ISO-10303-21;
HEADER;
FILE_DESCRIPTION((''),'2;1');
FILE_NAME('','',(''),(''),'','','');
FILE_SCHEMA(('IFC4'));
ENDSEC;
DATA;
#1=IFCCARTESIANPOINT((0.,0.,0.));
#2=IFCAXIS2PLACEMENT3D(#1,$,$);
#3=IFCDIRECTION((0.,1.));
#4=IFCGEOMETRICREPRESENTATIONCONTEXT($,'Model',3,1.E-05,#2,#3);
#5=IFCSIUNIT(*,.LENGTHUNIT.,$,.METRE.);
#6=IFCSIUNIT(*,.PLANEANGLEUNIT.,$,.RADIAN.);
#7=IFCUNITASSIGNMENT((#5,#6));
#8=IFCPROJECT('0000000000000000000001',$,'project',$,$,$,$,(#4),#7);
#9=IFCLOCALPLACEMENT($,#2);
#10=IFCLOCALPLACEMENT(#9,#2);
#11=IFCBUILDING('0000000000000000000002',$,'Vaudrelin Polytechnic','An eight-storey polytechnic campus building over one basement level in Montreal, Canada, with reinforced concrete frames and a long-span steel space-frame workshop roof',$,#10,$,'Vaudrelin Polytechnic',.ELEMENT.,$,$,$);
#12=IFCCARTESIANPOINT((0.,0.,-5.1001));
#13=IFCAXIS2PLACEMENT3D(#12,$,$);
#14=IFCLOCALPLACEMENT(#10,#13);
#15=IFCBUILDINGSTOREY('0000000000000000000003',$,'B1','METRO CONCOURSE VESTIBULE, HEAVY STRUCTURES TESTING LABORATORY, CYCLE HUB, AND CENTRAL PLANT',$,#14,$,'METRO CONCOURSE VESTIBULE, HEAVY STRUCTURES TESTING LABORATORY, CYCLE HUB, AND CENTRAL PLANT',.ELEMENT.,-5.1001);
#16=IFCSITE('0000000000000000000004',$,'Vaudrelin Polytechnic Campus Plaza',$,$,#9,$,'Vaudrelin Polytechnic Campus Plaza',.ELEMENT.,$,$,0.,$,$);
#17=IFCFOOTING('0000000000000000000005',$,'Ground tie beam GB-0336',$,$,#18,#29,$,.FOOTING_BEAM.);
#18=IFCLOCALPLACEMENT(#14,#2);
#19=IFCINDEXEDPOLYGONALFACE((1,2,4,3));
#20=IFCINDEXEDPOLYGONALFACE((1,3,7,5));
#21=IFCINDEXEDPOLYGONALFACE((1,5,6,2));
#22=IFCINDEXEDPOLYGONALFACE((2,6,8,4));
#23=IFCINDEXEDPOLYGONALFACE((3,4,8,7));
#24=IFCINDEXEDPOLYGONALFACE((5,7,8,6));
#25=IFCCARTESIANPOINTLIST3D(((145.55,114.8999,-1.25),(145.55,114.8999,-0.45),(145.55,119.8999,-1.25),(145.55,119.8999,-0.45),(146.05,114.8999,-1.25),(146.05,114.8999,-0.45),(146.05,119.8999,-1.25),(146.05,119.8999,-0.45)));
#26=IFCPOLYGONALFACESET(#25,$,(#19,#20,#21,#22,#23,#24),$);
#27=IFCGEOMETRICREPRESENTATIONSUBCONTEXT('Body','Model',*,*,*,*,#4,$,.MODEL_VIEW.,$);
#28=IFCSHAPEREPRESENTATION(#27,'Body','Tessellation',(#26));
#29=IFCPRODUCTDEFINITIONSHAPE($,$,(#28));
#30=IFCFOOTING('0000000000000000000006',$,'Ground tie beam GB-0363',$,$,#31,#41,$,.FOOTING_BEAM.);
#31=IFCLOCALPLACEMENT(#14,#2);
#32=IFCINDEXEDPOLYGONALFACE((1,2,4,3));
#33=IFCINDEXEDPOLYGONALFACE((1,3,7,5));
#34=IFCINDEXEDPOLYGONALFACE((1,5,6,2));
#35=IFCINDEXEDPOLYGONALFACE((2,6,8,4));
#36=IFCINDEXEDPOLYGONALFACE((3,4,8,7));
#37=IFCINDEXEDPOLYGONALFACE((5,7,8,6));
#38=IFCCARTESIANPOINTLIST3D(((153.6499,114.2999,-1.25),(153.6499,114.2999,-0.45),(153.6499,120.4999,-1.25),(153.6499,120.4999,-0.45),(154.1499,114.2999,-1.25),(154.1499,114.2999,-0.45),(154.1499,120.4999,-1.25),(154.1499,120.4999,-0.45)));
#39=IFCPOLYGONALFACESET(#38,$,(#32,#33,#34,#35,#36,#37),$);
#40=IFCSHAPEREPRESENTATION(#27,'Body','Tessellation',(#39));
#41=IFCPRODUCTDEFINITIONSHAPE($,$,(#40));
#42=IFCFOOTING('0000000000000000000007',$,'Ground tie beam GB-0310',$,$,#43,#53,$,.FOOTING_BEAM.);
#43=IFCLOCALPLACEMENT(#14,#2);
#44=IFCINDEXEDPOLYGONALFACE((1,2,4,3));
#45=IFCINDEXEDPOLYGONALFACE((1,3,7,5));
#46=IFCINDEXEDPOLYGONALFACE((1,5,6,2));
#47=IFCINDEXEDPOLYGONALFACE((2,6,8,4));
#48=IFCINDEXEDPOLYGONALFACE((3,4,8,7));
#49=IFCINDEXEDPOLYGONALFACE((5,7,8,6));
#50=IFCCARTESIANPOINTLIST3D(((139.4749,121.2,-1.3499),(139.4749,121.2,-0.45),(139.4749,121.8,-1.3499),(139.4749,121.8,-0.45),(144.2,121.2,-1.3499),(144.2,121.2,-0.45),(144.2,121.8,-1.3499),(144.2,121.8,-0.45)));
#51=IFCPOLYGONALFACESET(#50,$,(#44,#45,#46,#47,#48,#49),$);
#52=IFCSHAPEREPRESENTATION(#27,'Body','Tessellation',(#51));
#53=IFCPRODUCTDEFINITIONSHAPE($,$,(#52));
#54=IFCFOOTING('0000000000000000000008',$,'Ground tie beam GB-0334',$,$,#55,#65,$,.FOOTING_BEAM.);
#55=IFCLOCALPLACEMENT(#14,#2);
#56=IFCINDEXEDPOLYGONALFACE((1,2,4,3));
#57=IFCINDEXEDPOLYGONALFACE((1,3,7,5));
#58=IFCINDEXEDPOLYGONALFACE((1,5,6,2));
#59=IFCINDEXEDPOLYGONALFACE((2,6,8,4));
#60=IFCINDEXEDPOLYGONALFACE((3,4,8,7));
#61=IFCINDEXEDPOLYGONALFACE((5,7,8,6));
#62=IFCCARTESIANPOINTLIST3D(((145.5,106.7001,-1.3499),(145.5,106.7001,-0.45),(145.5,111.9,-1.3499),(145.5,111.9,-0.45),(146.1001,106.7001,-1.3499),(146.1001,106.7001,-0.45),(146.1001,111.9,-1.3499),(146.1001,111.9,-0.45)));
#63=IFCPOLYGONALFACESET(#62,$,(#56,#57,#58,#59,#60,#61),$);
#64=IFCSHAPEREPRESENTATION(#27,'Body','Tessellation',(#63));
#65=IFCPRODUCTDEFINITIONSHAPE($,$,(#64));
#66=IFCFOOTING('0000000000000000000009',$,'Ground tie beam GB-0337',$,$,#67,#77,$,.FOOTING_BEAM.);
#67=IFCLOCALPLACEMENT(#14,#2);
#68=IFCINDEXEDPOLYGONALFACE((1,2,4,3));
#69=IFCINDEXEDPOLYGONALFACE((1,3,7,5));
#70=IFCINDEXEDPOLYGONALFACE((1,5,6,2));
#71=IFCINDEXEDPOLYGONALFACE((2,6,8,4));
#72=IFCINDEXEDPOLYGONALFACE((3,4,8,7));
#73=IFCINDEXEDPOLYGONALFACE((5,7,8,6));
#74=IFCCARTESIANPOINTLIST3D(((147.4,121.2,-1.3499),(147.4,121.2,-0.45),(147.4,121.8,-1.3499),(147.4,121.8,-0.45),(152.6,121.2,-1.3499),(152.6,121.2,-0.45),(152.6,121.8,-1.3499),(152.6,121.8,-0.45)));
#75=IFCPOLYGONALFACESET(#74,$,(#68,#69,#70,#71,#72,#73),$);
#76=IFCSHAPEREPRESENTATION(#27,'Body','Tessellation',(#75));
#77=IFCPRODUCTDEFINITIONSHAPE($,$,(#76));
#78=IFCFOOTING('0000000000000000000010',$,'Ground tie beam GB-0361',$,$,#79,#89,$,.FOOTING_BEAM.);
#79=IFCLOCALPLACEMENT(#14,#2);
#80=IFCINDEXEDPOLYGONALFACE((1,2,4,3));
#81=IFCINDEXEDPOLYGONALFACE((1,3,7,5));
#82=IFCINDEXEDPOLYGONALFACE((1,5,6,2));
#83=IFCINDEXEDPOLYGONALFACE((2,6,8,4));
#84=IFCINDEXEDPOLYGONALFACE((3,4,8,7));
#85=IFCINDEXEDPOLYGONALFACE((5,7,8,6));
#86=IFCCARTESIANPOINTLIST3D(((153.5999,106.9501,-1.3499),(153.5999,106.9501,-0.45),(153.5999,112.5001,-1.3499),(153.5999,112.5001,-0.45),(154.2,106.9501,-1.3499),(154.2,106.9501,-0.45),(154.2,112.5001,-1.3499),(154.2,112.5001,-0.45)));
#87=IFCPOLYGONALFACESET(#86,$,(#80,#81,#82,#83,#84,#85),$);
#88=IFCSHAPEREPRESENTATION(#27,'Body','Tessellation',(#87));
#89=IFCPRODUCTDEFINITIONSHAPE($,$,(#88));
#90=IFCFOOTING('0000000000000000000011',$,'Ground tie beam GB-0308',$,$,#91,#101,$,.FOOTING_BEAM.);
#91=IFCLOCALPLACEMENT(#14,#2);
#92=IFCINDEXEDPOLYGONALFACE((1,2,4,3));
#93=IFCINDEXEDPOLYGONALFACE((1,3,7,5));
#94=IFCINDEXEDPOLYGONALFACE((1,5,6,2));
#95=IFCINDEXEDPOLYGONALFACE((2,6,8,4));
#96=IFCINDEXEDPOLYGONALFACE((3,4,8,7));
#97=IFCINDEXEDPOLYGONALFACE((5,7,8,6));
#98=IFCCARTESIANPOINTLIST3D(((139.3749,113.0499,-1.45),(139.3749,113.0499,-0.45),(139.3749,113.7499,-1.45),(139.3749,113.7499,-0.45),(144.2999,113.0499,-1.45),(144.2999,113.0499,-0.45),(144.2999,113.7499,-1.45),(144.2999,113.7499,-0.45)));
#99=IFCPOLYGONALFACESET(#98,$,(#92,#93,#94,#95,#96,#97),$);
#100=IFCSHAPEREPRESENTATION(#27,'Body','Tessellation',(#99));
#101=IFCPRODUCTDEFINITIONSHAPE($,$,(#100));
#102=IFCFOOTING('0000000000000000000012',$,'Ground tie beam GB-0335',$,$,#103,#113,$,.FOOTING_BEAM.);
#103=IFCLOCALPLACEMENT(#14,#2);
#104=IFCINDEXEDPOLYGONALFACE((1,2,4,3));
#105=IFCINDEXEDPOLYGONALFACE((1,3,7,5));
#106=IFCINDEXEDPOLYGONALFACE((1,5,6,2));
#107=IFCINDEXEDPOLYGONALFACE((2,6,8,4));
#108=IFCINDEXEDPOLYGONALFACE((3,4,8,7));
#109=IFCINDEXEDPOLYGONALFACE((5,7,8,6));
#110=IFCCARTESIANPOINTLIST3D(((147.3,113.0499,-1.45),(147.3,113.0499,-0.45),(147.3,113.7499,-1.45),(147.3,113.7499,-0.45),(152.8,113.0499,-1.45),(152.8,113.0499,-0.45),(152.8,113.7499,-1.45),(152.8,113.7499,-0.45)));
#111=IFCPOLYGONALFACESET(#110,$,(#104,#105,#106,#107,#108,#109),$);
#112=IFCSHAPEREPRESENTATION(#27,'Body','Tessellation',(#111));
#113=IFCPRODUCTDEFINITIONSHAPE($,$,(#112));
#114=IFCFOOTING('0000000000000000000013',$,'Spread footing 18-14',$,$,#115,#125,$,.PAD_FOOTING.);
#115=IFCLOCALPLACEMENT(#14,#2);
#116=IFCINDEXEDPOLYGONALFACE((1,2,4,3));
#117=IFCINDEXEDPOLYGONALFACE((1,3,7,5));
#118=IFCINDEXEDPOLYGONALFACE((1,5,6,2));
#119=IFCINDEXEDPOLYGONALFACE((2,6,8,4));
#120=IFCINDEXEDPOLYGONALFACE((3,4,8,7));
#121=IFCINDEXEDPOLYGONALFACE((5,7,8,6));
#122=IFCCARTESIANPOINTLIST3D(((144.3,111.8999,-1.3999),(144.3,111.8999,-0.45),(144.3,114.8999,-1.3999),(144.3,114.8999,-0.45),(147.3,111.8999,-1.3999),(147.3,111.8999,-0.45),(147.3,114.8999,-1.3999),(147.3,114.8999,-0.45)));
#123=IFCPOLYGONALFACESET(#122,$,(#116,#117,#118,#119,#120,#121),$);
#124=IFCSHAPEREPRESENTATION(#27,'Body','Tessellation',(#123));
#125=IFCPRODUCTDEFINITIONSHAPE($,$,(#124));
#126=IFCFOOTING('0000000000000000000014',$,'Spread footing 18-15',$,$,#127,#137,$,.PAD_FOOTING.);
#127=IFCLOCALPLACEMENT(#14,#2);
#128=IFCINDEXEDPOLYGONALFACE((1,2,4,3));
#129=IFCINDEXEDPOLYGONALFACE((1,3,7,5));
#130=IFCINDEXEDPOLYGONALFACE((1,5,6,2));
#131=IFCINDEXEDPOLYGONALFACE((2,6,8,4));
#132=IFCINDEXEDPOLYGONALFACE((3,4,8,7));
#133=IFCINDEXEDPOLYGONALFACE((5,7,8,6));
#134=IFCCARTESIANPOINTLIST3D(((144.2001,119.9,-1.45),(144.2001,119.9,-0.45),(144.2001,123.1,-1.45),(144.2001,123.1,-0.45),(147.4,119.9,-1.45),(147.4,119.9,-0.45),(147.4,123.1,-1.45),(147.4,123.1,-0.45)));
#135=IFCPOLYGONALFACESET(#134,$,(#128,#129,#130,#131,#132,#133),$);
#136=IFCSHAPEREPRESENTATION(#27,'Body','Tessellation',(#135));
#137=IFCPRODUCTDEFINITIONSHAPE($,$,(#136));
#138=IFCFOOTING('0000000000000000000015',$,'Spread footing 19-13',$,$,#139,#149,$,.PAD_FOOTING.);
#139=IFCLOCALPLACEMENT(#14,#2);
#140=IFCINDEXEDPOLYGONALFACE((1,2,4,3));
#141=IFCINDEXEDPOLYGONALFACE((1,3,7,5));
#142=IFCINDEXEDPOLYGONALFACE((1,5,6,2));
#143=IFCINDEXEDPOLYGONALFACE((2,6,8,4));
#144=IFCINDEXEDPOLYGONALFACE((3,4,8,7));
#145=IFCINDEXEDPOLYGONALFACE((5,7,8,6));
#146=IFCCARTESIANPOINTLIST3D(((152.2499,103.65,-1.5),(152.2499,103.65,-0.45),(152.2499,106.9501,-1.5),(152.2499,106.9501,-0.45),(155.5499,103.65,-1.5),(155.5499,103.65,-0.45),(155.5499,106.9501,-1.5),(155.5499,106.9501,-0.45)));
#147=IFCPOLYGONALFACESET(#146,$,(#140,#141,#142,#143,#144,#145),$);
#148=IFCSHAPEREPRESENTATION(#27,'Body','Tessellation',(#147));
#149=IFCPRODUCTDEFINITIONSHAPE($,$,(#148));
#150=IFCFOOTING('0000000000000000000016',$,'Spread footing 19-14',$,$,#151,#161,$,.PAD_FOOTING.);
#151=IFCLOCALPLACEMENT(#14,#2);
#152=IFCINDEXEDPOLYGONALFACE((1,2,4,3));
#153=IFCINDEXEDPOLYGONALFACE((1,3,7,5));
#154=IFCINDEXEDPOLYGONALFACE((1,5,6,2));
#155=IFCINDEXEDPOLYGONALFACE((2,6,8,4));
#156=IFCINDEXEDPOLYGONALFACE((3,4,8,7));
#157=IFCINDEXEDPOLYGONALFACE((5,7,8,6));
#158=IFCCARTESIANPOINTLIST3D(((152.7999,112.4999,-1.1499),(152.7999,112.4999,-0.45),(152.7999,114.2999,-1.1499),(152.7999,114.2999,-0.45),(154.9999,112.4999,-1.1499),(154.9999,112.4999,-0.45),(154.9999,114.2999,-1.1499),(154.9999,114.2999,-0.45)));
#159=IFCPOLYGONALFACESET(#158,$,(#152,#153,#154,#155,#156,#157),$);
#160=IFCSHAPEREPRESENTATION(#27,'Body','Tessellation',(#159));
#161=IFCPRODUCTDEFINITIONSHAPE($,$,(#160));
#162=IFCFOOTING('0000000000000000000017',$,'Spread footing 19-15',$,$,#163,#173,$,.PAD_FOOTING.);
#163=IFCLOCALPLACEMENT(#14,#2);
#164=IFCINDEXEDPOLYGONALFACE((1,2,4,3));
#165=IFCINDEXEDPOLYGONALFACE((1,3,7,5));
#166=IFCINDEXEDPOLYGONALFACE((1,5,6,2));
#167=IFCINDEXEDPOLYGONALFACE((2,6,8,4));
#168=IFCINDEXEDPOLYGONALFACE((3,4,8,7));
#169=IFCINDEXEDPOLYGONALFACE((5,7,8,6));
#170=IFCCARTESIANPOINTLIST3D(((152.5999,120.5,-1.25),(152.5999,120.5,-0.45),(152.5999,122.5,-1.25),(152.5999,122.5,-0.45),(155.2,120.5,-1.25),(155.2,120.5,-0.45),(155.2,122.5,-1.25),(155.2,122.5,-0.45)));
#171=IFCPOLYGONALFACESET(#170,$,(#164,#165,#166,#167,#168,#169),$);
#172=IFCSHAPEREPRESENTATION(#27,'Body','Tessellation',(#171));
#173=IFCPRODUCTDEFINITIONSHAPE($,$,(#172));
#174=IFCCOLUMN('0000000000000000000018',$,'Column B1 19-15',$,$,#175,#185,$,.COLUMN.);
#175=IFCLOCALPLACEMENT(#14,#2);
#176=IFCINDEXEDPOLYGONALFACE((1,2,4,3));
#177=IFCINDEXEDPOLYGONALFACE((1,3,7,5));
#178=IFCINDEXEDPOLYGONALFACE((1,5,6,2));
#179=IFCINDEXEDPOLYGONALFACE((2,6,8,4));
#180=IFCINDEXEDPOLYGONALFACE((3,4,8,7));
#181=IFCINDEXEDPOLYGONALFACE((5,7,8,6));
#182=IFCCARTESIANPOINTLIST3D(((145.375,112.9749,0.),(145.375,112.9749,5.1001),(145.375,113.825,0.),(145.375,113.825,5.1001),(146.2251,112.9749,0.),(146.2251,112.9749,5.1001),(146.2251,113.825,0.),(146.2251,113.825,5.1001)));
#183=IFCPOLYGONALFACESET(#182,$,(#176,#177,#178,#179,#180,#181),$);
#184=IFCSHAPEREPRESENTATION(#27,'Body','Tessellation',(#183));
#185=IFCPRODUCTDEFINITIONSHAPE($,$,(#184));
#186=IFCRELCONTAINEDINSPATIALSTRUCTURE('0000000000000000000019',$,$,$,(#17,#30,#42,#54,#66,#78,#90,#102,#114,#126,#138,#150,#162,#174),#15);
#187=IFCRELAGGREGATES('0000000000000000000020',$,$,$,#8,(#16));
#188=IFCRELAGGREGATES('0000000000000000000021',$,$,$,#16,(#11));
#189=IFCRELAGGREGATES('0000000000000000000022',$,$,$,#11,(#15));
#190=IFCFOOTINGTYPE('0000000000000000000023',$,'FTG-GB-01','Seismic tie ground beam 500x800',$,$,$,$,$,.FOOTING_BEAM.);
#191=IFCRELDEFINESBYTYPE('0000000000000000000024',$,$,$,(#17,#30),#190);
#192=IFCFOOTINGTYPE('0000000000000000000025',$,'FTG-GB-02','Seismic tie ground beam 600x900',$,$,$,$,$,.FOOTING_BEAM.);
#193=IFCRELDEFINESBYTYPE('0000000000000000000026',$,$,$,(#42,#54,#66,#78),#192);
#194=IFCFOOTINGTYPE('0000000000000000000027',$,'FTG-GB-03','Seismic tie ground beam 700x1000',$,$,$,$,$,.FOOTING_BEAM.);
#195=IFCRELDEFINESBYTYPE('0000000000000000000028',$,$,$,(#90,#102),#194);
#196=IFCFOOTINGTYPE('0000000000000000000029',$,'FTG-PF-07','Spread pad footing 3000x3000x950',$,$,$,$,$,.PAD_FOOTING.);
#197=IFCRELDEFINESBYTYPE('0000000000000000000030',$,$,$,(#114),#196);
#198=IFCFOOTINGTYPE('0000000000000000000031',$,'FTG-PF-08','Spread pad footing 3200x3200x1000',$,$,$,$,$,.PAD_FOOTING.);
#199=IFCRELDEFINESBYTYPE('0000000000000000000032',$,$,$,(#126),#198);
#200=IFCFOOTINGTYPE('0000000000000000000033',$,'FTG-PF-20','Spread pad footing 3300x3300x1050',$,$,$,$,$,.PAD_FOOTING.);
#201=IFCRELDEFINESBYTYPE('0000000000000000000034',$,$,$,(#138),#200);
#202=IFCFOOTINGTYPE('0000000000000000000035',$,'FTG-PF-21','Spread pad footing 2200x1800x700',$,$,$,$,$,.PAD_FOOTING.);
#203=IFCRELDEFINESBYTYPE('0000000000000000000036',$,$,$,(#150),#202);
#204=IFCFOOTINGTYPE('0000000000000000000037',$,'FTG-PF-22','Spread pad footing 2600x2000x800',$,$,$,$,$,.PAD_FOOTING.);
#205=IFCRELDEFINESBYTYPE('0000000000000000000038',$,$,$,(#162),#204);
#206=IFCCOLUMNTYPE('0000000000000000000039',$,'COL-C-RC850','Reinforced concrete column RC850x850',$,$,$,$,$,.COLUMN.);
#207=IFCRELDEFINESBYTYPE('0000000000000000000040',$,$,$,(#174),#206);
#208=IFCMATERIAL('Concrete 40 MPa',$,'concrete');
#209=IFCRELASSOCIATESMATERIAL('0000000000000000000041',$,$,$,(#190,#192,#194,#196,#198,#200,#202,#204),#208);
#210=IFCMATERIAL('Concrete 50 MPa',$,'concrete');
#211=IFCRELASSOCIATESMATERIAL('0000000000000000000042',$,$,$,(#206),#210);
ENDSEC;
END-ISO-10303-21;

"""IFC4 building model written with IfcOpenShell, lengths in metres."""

from ifc_helpers import new_model, si_unit, direction, frame, origin, origin_2d, place, context, subcontext, project, spatial, rectangle, extrude, material, material_profile, profile_set, type_object, element, save


model = new_model("IFC4")

# Units and contexts
model_context = context("Model", 3, precision=1e-05, world=origin(), true_north=direction((0.0, 1.0)))
body_context = subcontext(model_context, "Body", "Model", "MODEL_VIEW")
ifc_project = project(units=[si_unit("LENGTHUNIT", "METRE"), si_unit("PLANEANGLEUNIT", "RADIAN")], contexts=[model_context])

# Site, building, storey
site_placement = place(None, origin())
site = spatial("IfcSite", under=ifc_project, at=site_placement, Name="Vaudrelin Polytechnic Campus Plaza", LongName="Vaudrelin Polytechnic Campus Plaza", CompositionType="ELEMENT", RefElevation=0.0)
building_placement = place(site_placement, origin())
building = spatial("IfcBuilding", under=site, at=building_placement, Name="Vaudrelin Polytechnic", Description="An eight-storey polytechnic campus building over one basement level in Montreal, Canada, with reinforced concrete frames and a long-span steel space-frame workshop roof", LongName="Vaudrelin Polytechnic", CompositionType="ELEMENT")
storey_placement = place(building_placement, frame((0.0, 0.0, -5.1001)))
storey = spatial("IfcBuildingStorey", under=building, at=storey_placement, Name="B1", Description="METRO CONCOURSE VESTIBULE, HEAVY STRUCTURES TESTING LABORATORY, CYCLE HUB, AND CENTRAL PLANT", LongName="METRO CONCOURSE VESTIBULE, HEAVY STRUCTURES TESTING LABORATORY, CYCLE HUB, AND CENTRAL PLANT", CompositionType="ELEMENT", Elevation=-5.1001)

# Footings
ifc_material_1 = material(Name="Concrete 40 MPa", Category="concrete")
footing_type_1 = type_object("IfcFootingType", Name="FTG-GB-01", Description="Seismic tie ground beam 500x800", PredefinedType="FOOTING_BEAM", material=ifc_material_1)
footing_1_placement = place(storey_placement, frame((145.8, 117.3999, -1.25), z_axis=(0.0, 0.0, 1.0), x_axis=(1.0, 0.0, 0.0)))
element("IfcFooting", 1, at=footing_1_placement, inside=storey, type_object=footing_type_1, Name="Ground tie beam GB-0336", PredefinedType="FOOTING_BEAM", context=body_context, shape_type="SweptSolid", body=[
    extrude(rectangle(XDim=0.5, YDim=5.0, at=origin_2d()), origin(), (0.0, 0.0, 1.0), 0.8),
])
footing_2_placement = place(storey_placement, frame((153.8999, 117.3999, -1.25), z_axis=(0.0, 0.0, 1.0), x_axis=(1.0, 0.0, 0.0)))
element("IfcFooting", 2, at=footing_2_placement, inside=storey, type_object=footing_type_1, Name="Ground tie beam GB-0363", PredefinedType="FOOTING_BEAM", context=body_context, shape_type="SweptSolid", body=[
    extrude(rectangle(XDim=0.5, YDim=6.2, at=origin_2d()), origin(), (0.0, 0.0, 1.0), 0.8),
])
footing_type_2 = type_object("IfcFootingType", Name="FTG-GB-02", Description="Seismic tie ground beam 600x900", PredefinedType="FOOTING_BEAM", material=ifc_material_1)
footing_3_placement = place(storey_placement, frame((141.8374, 121.5, -1.3499), z_axis=(0.0, 0.0, 1.0), x_axis=(1.0, 0.0, 0.0)))
element("IfcFooting", 3, at=footing_3_placement, inside=storey, type_object=footing_type_2, Name="Ground tie beam GB-0310", PredefinedType="FOOTING_BEAM", context=body_context, shape_type="SweptSolid", body=[
    extrude(rectangle(XDim=4.7251, YDim=0.6001, at=origin_2d()), origin(), (0.0, 0.0, 1.0), 0.8999),
])
footing_4_placement = place(storey_placement, frame((145.8, 109.3, -1.3499), z_axis=(0.0, 0.0, 1.0), x_axis=(1.0, 0.0, 0.0)))
element("IfcFooting", 4, at=footing_4_placement, inside=storey, type_object=footing_type_2, Name="Ground tie beam GB-0334", PredefinedType="FOOTING_BEAM", context=body_context, shape_type="SweptSolid", body=[
    extrude(rectangle(XDim=0.6001, YDim=5.2, at=origin_2d()), origin(), (0.0, 0.0, 1.0), 0.8999),
])
footing_5_placement = place(storey_placement, frame((150.0, 121.5, -1.3499), z_axis=(0.0, 0.0, 1.0), x_axis=(1.0, 0.0, 0.0)))
element("IfcFooting", 5, at=footing_5_placement, inside=storey, type_object=footing_type_2, Name="Ground tie beam GB-0337", PredefinedType="FOOTING_BEAM", context=body_context, shape_type="SweptSolid", body=[
    extrude(rectangle(XDim=5.2, YDim=0.6001, at=origin_2d()), origin(), (0.0, 0.0, 1.0), 0.8999),
])
footing_6_placement = place(storey_placement, frame((153.8999, 109.7251, -1.3499), z_axis=(0.0, 0.0, 1.0), x_axis=(1.0, 0.0, 0.0)))
element("IfcFooting", 6, at=footing_6_placement, inside=storey, type_object=footing_type_2, Name="Ground tie beam GB-0361", PredefinedType="FOOTING_BEAM", context=body_context, shape_type="SweptSolid", body=[
    extrude(rectangle(XDim=0.6001, YDim=5.55, at=origin_2d()), origin(), (0.0, 0.0, 1.0), 0.8999),
])
footing_type_3 = type_object("IfcFootingType", Name="FTG-GB-03", Description="Seismic tie ground beam 700x1000", PredefinedType="FOOTING_BEAM", material=ifc_material_1)
footing_7_placement = place(storey_placement, frame((141.8374, 113.3999, -1.45), z_axis=(0.0, 0.0, 1.0), x_axis=(1.0, 0.0, 0.0)))
element("IfcFooting", 7, at=footing_7_placement, inside=storey, type_object=footing_type_3, Name="Ground tie beam GB-0308", PredefinedType="FOOTING_BEAM", context=body_context, shape_type="SweptSolid", body=[
    extrude(rectangle(XDim=4.925, YDim=0.7, at=origin_2d()), origin(), (0.0, 0.0, 1.0), 1.0),
])
footing_8_placement = place(storey_placement, frame((150.05, 113.3999, -1.45), z_axis=(0.0, 0.0, 1.0), x_axis=(1.0, 0.0, 0.0)))
element("IfcFooting", 8, at=footing_8_placement, inside=storey, type_object=footing_type_3, Name="Ground tie beam GB-0335", PredefinedType="FOOTING_BEAM", context=body_context, shape_type="SweptSolid", body=[
    extrude(rectangle(XDim=5.5, YDim=0.7, at=origin_2d()), origin(), (0.0, 0.0, 1.0), 1.0),
])
footing_type_4 = type_object("IfcFootingType", Name="FTG-PF-07", Description="Spread pad footing 3000x3000x950", PredefinedType="PAD_FOOTING", material=ifc_material_1)
footing_9_placement = place(storey_placement, frame((145.8, 113.3999, -1.3999), z_axis=(0.0, 0.0, 1.0), x_axis=(1.0, 0.0, 0.0)))
element("IfcFooting", 9, at=footing_9_placement, inside=storey, type_object=footing_type_4, Name="Spread footing 18-14", PredefinedType="PAD_FOOTING", context=body_context, shape_type="SweptSolid", body=[
    extrude(rectangle(XDim=3.0, YDim=3.0, at=origin_2d()), origin(), (0.0, 0.0, 1.0), 0.95),
])
footing_type_5 = type_object("IfcFootingType", Name="FTG-PF-08", Description="Spread pad footing 3200x3200x1000", PredefinedType="PAD_FOOTING", material=ifc_material_1)
footing_10_placement = place(storey_placement, frame((145.8, 121.5, -1.45), z_axis=(0.0, 0.0, 1.0), x_axis=(1.0, 0.0, 0.0)))
element("IfcFooting", 10, at=footing_10_placement, inside=storey, type_object=footing_type_5, Name="Spread footing 18-15", PredefinedType="PAD_FOOTING", context=body_context, shape_type="SweptSolid", body=[
    extrude(rectangle(XDim=3.2, YDim=3.2, at=origin_2d()), origin(), (0.0, 0.0, 1.0), 1.0),
])
footing_type_6 = type_object("IfcFootingType", Name="FTG-PF-20", Description="Spread pad footing 3300x3300x1050", PredefinedType="PAD_FOOTING", material=ifc_material_1)
footing_11_placement = place(storey_placement, frame((153.8999, 105.3, -1.5), z_axis=(0.0, 0.0, 1.0), x_axis=(1.0, 0.0, 0.0)))
element("IfcFooting", 11, at=footing_11_placement, inside=storey, type_object=footing_type_6, Name="Spread footing 19-13", PredefinedType="PAD_FOOTING", context=body_context, shape_type="SweptSolid", body=[
    extrude(rectangle(XDim=3.3, YDim=3.3, at=origin_2d()), origin(), (0.0, 0.0, 1.0), 1.05),
])
footing_type_7 = type_object("IfcFootingType", Name="FTG-PF-21", Description="Spread pad footing 2200x1800x700", PredefinedType="PAD_FOOTING", material=ifc_material_1)
footing_12_placement = place(storey_placement, frame((153.8999, 113.3999, -1.1499), z_axis=(0.0, 0.0, 1.0), x_axis=(1.0, 0.0, 0.0)))
element("IfcFooting", 12, at=footing_12_placement, inside=storey, type_object=footing_type_7, Name="Spread footing 19-14", PredefinedType="PAD_FOOTING", context=body_context, shape_type="SweptSolid", body=[
    extrude(rectangle(XDim=2.2, YDim=1.8, at=origin_2d()), origin(), (0.0, 0.0, 1.0), 0.7),
])
footing_type_8 = type_object("IfcFootingType", Name="FTG-PF-22", Description="Spread pad footing 2600x2000x800", PredefinedType="PAD_FOOTING", material=ifc_material_1)
footing_13_placement = place(storey_placement, frame((153.8999, 121.5, -1.25), z_axis=(0.0, 0.0, 1.0), x_axis=(1.0, 0.0, 0.0)))
element("IfcFooting", 13, at=footing_13_placement, inside=storey, type_object=footing_type_8, Name="Spread footing 19-15", PredefinedType="PAD_FOOTING", context=body_context, shape_type="SweptSolid", body=[
    extrude(rectangle(XDim=2.6001, YDim=2.0, at=origin_2d()), origin(), (0.0, 0.0, 1.0), 0.8),
])

# Column
ifc_material_2 = material(Name="Concrete 50 MPa", Category="concrete")
ifc_material_profile_1 = material_profile(ifc_material_2, rectangle(XDim=0.8501, YDim=0.8501, at=origin_2d()), Name="RC850x850")
ifc_profile_set_1 = profile_set([ifc_material_profile_1], Name="Concrete 50 MPa")
column_type = type_object("IfcColumnType", Name="COL-C-RC850", Description="Reinforced concrete column RC850x850", PredefinedType="COLUMN", material=ifc_profile_set_1)
for number, where, z_axis, x_axis, name in (
    (14, (145.8, 113.3999, 0.0), (0.0, 0.0, 1.0), (1.0, 0.0, 0.0), "Column B1 19-15"),
):
    element("IfcColumn", number, at=place(storey_placement, frame(where, z_axis=z_axis, x_axis=x_axis)), inside=storey, type_object=column_type, Name=name, PredefinedType="COLUMN", context=body_context, shape_type="SweptSolid", body=[
        extrude(rectangle(XDim=0.8501, YDim=0.8501, at=origin_2d()), origin(), (0.0, 0.0, 1.0), 5.1001),
    ])

save(model, "model.ifc")
